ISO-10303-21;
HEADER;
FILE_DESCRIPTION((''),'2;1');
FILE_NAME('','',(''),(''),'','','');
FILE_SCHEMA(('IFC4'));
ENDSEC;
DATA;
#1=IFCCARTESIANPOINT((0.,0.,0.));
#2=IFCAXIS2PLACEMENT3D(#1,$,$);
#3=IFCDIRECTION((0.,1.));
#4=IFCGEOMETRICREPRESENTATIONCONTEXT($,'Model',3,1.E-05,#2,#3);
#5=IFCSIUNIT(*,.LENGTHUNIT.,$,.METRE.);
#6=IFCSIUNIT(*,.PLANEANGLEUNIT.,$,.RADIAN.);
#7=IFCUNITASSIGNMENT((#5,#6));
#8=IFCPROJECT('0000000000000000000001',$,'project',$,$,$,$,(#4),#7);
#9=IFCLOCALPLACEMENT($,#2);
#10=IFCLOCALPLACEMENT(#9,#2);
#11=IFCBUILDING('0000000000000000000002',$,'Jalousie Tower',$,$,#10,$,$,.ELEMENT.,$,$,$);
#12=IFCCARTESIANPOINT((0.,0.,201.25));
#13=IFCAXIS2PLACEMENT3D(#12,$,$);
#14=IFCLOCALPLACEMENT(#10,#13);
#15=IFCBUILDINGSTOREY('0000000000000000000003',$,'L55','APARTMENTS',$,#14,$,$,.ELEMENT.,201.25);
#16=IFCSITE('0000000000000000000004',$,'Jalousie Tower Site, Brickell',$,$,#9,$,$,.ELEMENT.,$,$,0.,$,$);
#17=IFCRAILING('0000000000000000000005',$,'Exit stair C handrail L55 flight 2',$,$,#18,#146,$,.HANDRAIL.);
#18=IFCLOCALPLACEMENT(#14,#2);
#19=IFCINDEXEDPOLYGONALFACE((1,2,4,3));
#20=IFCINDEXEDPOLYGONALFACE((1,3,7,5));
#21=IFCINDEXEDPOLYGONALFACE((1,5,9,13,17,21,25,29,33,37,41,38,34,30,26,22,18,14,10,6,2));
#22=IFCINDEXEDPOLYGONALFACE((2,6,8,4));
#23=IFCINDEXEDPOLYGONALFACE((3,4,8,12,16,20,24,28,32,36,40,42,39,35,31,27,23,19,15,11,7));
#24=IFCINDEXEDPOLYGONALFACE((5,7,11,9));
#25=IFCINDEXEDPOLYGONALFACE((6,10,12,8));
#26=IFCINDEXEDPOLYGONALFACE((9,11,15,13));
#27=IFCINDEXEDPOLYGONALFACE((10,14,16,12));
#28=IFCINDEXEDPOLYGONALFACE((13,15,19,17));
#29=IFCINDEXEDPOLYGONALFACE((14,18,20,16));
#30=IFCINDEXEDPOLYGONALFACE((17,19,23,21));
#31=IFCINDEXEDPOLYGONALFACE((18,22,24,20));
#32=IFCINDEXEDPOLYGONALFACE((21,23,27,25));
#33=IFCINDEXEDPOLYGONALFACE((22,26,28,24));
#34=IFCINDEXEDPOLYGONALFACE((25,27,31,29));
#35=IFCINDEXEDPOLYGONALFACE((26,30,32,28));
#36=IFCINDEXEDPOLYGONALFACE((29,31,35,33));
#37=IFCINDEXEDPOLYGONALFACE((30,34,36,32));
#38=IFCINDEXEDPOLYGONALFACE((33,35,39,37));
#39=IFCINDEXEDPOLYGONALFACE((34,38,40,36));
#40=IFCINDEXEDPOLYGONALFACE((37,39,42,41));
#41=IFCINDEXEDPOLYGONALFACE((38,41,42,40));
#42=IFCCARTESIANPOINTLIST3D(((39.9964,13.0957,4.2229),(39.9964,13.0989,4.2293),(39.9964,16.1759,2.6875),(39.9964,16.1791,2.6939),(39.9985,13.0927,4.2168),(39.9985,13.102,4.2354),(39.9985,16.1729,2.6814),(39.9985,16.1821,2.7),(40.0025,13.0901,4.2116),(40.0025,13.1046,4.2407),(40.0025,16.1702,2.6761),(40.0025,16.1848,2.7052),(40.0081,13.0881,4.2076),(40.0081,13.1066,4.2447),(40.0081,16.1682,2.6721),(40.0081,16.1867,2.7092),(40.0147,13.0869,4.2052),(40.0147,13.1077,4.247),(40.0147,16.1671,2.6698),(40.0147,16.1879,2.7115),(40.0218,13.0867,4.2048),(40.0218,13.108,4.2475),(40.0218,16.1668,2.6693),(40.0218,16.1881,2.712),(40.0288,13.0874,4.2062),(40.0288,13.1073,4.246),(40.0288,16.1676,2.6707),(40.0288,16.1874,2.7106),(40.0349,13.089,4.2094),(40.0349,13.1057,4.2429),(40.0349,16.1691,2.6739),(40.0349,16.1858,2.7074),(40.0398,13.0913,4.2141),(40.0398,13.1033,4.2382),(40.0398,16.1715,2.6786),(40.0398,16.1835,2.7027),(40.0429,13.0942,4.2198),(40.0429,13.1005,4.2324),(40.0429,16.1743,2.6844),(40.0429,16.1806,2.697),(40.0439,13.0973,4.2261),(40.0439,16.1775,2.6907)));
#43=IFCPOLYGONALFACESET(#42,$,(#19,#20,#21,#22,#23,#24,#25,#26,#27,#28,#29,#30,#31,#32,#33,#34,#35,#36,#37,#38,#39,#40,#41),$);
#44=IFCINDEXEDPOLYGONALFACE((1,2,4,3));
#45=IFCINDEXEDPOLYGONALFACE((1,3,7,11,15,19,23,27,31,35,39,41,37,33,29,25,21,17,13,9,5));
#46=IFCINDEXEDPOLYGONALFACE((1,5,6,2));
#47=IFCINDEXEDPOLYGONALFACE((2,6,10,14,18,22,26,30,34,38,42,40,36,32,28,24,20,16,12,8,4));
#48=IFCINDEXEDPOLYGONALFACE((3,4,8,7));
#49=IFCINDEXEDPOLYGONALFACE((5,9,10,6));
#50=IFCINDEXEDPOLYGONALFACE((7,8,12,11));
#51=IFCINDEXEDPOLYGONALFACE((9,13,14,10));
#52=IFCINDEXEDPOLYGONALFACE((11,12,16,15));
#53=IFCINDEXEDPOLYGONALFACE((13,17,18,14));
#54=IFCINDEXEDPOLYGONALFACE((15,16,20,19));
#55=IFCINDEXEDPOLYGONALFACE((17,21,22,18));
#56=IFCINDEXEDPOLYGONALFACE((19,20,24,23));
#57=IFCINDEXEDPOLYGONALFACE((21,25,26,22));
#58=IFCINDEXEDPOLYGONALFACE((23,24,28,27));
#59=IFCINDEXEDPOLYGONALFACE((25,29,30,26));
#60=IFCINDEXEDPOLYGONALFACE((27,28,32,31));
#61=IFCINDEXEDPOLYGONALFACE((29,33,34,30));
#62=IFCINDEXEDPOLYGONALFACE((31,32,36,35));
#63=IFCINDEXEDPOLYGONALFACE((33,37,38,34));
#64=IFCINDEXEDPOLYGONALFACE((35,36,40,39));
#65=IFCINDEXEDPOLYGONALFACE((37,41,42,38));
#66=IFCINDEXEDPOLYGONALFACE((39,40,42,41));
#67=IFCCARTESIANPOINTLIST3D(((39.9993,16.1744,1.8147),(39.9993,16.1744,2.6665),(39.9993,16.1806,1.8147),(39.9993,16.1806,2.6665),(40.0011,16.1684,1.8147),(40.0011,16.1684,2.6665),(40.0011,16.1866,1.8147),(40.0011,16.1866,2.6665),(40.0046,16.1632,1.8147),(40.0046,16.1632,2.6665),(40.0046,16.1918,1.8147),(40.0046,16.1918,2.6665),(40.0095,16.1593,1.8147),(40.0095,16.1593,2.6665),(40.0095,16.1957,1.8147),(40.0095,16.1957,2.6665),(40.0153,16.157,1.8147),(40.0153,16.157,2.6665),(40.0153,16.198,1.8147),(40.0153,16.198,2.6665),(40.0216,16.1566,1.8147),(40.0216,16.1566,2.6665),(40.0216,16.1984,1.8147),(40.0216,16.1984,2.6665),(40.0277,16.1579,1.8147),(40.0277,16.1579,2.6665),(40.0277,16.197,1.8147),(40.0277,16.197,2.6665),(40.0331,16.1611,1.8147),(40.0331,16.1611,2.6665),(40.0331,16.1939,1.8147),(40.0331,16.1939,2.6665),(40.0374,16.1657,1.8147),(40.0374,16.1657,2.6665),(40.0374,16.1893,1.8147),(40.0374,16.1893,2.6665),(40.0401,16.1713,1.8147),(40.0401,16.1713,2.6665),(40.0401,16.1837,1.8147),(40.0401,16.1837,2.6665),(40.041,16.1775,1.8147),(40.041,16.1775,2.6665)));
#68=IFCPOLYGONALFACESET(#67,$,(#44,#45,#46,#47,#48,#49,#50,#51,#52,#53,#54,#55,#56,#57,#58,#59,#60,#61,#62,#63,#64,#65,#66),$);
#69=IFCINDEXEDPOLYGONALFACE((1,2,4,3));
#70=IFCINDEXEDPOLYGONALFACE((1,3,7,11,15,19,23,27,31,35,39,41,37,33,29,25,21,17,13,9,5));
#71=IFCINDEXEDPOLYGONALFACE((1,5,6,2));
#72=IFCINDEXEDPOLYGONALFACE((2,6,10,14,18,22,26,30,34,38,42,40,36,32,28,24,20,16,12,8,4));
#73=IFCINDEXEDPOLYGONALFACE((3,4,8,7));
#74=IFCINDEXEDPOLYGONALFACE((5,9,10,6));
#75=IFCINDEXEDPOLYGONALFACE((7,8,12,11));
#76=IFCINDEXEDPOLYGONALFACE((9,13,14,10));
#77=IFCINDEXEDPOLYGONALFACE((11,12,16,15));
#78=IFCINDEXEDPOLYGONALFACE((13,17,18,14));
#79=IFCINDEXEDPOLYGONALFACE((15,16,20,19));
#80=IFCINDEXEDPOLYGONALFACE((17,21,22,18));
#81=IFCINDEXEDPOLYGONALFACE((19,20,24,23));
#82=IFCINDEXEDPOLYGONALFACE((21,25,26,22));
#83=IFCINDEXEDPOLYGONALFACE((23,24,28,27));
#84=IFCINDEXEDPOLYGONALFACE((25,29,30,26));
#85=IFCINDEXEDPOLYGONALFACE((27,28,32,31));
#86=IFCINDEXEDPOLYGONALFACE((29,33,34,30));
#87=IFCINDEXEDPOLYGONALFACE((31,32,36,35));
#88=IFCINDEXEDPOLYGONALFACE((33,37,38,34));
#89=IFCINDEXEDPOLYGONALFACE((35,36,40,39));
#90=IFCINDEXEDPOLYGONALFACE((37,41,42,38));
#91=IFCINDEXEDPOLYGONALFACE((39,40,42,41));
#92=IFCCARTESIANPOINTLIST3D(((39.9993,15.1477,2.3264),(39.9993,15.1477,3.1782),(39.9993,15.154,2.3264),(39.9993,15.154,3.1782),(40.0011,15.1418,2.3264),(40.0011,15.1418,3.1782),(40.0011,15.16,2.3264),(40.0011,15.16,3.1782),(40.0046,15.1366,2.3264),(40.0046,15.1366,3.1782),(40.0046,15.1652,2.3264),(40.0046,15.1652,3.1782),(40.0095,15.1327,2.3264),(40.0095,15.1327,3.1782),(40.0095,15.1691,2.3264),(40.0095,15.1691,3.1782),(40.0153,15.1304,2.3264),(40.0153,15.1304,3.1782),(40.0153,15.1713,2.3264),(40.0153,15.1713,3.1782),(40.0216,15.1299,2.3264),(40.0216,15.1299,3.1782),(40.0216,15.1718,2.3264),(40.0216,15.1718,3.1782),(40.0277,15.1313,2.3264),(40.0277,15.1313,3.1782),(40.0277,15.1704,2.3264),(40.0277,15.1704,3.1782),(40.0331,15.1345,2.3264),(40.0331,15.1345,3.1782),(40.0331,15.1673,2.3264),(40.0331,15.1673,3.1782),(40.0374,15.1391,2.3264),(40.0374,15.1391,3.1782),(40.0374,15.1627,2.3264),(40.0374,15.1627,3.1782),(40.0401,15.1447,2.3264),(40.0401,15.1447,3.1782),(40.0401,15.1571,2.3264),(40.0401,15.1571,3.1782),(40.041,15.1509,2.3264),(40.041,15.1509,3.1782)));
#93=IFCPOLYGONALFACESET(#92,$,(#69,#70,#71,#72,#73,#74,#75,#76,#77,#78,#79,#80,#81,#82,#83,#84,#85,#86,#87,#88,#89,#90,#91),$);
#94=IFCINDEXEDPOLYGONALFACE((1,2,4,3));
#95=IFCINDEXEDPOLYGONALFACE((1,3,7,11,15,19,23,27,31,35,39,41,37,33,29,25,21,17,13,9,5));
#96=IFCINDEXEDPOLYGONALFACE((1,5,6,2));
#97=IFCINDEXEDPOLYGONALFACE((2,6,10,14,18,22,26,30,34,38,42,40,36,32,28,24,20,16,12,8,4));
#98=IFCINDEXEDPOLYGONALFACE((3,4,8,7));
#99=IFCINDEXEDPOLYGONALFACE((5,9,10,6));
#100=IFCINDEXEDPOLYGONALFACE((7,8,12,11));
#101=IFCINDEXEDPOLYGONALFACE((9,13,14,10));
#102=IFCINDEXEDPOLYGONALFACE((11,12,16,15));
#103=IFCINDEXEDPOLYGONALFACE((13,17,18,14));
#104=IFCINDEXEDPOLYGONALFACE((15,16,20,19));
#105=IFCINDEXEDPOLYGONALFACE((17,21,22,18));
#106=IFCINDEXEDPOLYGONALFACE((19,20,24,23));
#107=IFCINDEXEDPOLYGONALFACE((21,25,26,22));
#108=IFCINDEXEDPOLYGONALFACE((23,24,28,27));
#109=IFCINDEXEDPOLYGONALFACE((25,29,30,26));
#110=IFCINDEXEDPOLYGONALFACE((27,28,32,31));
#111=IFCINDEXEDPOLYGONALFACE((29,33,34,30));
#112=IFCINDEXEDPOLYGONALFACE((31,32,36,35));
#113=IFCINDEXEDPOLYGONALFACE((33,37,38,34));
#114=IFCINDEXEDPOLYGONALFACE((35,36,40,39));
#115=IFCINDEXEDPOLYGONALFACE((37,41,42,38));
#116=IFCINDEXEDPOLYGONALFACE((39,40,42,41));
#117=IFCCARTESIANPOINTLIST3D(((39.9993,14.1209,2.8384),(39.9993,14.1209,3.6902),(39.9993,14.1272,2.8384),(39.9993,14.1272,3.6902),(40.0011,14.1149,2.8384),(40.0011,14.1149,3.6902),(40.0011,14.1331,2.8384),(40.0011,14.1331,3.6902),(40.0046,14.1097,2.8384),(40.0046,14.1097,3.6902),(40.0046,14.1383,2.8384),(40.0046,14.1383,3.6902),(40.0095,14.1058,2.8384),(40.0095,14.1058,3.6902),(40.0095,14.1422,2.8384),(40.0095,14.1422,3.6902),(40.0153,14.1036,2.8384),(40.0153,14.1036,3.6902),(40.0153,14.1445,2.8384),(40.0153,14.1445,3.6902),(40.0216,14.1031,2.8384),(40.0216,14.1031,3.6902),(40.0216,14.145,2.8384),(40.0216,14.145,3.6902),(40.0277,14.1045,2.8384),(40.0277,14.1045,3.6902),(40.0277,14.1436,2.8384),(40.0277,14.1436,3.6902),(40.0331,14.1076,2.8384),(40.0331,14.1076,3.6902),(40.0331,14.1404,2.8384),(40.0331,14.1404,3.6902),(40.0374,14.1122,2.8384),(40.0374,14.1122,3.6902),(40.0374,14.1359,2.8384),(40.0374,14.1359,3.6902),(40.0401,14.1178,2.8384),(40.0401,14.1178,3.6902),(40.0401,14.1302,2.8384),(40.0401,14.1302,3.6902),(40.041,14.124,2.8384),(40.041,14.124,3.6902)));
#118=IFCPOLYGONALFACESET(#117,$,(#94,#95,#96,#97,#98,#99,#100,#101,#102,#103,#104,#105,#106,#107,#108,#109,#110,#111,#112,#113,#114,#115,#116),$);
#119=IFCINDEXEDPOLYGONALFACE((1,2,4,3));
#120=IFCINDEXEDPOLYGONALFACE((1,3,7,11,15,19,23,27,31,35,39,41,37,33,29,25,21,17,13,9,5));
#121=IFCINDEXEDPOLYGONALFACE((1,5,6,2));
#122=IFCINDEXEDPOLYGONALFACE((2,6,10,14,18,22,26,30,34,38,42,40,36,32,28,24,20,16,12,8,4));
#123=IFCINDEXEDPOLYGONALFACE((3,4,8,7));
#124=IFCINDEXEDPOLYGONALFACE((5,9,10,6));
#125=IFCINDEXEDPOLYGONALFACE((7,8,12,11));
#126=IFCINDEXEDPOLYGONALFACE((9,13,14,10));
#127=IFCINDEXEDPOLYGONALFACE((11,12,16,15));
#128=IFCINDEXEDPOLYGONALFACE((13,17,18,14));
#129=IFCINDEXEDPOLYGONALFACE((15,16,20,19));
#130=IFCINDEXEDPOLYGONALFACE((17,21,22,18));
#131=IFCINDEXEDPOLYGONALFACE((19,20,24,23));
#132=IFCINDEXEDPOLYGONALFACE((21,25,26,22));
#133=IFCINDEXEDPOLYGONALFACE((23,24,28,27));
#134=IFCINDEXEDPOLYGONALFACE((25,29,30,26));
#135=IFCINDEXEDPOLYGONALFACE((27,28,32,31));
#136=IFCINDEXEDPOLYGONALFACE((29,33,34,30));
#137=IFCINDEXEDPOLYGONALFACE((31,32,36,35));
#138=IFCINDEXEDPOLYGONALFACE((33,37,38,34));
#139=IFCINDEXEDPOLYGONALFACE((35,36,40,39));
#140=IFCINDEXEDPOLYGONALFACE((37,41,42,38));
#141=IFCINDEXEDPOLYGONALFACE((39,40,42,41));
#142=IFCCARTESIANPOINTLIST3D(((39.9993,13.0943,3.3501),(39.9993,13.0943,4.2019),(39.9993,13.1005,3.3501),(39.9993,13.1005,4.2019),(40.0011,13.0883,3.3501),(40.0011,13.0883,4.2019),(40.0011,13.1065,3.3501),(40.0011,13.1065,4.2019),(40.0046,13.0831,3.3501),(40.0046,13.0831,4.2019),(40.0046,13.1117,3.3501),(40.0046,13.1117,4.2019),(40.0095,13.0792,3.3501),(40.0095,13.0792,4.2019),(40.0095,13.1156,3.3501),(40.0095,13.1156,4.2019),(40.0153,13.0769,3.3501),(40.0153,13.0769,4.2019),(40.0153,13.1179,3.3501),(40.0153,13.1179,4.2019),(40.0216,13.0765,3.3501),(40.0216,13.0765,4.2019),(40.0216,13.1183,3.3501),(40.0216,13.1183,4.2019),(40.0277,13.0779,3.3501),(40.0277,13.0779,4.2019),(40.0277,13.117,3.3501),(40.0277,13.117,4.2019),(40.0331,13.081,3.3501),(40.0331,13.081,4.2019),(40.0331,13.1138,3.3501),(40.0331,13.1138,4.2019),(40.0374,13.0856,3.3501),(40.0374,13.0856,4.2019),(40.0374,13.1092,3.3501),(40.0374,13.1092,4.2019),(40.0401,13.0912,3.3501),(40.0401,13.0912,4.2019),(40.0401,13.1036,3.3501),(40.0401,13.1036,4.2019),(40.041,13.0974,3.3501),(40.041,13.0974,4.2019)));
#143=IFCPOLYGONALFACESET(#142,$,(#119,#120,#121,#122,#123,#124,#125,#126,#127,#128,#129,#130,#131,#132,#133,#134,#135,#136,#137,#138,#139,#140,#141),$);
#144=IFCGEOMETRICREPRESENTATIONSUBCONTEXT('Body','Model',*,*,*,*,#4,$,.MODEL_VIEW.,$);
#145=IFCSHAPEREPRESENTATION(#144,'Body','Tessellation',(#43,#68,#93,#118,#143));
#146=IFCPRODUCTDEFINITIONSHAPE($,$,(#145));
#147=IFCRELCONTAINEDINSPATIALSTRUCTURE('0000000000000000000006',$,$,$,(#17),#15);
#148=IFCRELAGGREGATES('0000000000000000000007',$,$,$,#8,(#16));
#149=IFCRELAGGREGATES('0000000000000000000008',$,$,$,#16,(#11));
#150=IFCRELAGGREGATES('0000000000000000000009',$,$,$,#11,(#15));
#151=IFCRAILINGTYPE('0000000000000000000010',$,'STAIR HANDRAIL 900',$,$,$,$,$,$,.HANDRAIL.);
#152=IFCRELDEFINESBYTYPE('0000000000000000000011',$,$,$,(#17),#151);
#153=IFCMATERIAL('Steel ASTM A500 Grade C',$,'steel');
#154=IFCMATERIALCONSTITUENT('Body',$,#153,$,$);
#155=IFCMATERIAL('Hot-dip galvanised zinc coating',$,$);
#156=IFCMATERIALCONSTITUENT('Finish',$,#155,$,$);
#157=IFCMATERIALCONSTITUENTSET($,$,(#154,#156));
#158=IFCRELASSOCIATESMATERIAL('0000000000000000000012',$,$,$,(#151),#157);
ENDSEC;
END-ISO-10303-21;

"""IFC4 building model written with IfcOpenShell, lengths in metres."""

from ifc_helpers import new_model, si_unit, direction, frame, origin, origin_2d, place, context, subcontext, project, spatial, circle, extrude, material, constituent, constituent_set, type_object, element, save


model = new_model("IFC4")

# Units and contexts
model_context = context("Model", 3, precision=1e-05, world=origin(), true_north=direction((0.0, 1.0)))
body_context = subcontext(model_context, "Body", "Model", "MODEL_VIEW")
ifc_project = project(units=[si_unit("LENGTHUNIT", "METRE"), si_unit("PLANEANGLEUNIT", "RADIAN")], contexts=[model_context])

# Site, building, storey
site_placement = place(None, origin())
site = spatial("IfcSite", under=ifc_project, at=site_placement, Name="Jalousie Tower Site, Brickell", CompositionType="ELEMENT", RefElevation=0.0)
building_placement = place(site_placement, origin())
building = spatial("IfcBuilding", under=site, at=building_placement, Name="Jalousie Tower", CompositionType="ELEMENT")
storey_placement = place(building_placement, frame((0.0, 0.0, 201.25)))
storey = spatial("IfcBuildingStorey", under=building, at=storey_placement, Name="L55", Description="APARTMENTS", CompositionType="ELEMENT", Elevation=201.25)

# Railing
ifc_material_1 = material(Name="Steel ASTM A500 Grade C", Category="steel")
ifc_constituent_1 = constituent(ifc_material_1, Name="Body")
ifc_material_2 = material(Name="Hot-dip galvanised zinc coating")
ifc_constituent_2 = constituent(ifc_material_2, Name="Finish")
ifc_constituent_set_1 = constituent_set(constituents=[ifc_constituent_1, ifc_constituent_2])
railing_type_1 = type_object("IfcRailingType", Name="STAIR HANDRAIL 900", PredefinedType="HANDRAIL", material=ifc_constituent_set_1)
railing_1_placement = place(storey_placement, frame((40.02, 16.1775, 1.8147)))
element("IfcRailing", 1, at=railing_1_placement, inside=storey, type_object=railing_type_1, Name="Exit stair C handrail L55 flight 2", PredefinedType="HANDRAIL", context=body_context, shape_type="SweptSolid", body=[
    extrude(circle(Radius=0.0239, at=origin_2d()), frame((0.0, 0.0, 0.876), z_axis=(0.0, -0.894966, 0.446135), x_axis=(1.0, 0.0, 0.0)), (0.0, 0.0, 1.0), 3.4417),
    extrude(circle(Radius=0.021, at=origin_2d()), origin(), (0.0, 0.0, 1.0), 0.8518),
    extrude(circle(Radius=0.021, at=origin_2d()), frame((0.0, -1.0266, 0.5117)), (0.0, 0.0, 1.0), 0.8518),
    extrude(circle(Radius=0.021, at=origin_2d()), frame((0.0, -2.0535, 1.0237)), (0.0, 0.0, 1.0), 0.8518),
    extrude(circle(Radius=0.021, at=origin_2d()), frame((0.0, -3.0801, 1.5354)), (0.0, 0.0, 1.0), 0.8518),
])

save(model, "model.ifc")
